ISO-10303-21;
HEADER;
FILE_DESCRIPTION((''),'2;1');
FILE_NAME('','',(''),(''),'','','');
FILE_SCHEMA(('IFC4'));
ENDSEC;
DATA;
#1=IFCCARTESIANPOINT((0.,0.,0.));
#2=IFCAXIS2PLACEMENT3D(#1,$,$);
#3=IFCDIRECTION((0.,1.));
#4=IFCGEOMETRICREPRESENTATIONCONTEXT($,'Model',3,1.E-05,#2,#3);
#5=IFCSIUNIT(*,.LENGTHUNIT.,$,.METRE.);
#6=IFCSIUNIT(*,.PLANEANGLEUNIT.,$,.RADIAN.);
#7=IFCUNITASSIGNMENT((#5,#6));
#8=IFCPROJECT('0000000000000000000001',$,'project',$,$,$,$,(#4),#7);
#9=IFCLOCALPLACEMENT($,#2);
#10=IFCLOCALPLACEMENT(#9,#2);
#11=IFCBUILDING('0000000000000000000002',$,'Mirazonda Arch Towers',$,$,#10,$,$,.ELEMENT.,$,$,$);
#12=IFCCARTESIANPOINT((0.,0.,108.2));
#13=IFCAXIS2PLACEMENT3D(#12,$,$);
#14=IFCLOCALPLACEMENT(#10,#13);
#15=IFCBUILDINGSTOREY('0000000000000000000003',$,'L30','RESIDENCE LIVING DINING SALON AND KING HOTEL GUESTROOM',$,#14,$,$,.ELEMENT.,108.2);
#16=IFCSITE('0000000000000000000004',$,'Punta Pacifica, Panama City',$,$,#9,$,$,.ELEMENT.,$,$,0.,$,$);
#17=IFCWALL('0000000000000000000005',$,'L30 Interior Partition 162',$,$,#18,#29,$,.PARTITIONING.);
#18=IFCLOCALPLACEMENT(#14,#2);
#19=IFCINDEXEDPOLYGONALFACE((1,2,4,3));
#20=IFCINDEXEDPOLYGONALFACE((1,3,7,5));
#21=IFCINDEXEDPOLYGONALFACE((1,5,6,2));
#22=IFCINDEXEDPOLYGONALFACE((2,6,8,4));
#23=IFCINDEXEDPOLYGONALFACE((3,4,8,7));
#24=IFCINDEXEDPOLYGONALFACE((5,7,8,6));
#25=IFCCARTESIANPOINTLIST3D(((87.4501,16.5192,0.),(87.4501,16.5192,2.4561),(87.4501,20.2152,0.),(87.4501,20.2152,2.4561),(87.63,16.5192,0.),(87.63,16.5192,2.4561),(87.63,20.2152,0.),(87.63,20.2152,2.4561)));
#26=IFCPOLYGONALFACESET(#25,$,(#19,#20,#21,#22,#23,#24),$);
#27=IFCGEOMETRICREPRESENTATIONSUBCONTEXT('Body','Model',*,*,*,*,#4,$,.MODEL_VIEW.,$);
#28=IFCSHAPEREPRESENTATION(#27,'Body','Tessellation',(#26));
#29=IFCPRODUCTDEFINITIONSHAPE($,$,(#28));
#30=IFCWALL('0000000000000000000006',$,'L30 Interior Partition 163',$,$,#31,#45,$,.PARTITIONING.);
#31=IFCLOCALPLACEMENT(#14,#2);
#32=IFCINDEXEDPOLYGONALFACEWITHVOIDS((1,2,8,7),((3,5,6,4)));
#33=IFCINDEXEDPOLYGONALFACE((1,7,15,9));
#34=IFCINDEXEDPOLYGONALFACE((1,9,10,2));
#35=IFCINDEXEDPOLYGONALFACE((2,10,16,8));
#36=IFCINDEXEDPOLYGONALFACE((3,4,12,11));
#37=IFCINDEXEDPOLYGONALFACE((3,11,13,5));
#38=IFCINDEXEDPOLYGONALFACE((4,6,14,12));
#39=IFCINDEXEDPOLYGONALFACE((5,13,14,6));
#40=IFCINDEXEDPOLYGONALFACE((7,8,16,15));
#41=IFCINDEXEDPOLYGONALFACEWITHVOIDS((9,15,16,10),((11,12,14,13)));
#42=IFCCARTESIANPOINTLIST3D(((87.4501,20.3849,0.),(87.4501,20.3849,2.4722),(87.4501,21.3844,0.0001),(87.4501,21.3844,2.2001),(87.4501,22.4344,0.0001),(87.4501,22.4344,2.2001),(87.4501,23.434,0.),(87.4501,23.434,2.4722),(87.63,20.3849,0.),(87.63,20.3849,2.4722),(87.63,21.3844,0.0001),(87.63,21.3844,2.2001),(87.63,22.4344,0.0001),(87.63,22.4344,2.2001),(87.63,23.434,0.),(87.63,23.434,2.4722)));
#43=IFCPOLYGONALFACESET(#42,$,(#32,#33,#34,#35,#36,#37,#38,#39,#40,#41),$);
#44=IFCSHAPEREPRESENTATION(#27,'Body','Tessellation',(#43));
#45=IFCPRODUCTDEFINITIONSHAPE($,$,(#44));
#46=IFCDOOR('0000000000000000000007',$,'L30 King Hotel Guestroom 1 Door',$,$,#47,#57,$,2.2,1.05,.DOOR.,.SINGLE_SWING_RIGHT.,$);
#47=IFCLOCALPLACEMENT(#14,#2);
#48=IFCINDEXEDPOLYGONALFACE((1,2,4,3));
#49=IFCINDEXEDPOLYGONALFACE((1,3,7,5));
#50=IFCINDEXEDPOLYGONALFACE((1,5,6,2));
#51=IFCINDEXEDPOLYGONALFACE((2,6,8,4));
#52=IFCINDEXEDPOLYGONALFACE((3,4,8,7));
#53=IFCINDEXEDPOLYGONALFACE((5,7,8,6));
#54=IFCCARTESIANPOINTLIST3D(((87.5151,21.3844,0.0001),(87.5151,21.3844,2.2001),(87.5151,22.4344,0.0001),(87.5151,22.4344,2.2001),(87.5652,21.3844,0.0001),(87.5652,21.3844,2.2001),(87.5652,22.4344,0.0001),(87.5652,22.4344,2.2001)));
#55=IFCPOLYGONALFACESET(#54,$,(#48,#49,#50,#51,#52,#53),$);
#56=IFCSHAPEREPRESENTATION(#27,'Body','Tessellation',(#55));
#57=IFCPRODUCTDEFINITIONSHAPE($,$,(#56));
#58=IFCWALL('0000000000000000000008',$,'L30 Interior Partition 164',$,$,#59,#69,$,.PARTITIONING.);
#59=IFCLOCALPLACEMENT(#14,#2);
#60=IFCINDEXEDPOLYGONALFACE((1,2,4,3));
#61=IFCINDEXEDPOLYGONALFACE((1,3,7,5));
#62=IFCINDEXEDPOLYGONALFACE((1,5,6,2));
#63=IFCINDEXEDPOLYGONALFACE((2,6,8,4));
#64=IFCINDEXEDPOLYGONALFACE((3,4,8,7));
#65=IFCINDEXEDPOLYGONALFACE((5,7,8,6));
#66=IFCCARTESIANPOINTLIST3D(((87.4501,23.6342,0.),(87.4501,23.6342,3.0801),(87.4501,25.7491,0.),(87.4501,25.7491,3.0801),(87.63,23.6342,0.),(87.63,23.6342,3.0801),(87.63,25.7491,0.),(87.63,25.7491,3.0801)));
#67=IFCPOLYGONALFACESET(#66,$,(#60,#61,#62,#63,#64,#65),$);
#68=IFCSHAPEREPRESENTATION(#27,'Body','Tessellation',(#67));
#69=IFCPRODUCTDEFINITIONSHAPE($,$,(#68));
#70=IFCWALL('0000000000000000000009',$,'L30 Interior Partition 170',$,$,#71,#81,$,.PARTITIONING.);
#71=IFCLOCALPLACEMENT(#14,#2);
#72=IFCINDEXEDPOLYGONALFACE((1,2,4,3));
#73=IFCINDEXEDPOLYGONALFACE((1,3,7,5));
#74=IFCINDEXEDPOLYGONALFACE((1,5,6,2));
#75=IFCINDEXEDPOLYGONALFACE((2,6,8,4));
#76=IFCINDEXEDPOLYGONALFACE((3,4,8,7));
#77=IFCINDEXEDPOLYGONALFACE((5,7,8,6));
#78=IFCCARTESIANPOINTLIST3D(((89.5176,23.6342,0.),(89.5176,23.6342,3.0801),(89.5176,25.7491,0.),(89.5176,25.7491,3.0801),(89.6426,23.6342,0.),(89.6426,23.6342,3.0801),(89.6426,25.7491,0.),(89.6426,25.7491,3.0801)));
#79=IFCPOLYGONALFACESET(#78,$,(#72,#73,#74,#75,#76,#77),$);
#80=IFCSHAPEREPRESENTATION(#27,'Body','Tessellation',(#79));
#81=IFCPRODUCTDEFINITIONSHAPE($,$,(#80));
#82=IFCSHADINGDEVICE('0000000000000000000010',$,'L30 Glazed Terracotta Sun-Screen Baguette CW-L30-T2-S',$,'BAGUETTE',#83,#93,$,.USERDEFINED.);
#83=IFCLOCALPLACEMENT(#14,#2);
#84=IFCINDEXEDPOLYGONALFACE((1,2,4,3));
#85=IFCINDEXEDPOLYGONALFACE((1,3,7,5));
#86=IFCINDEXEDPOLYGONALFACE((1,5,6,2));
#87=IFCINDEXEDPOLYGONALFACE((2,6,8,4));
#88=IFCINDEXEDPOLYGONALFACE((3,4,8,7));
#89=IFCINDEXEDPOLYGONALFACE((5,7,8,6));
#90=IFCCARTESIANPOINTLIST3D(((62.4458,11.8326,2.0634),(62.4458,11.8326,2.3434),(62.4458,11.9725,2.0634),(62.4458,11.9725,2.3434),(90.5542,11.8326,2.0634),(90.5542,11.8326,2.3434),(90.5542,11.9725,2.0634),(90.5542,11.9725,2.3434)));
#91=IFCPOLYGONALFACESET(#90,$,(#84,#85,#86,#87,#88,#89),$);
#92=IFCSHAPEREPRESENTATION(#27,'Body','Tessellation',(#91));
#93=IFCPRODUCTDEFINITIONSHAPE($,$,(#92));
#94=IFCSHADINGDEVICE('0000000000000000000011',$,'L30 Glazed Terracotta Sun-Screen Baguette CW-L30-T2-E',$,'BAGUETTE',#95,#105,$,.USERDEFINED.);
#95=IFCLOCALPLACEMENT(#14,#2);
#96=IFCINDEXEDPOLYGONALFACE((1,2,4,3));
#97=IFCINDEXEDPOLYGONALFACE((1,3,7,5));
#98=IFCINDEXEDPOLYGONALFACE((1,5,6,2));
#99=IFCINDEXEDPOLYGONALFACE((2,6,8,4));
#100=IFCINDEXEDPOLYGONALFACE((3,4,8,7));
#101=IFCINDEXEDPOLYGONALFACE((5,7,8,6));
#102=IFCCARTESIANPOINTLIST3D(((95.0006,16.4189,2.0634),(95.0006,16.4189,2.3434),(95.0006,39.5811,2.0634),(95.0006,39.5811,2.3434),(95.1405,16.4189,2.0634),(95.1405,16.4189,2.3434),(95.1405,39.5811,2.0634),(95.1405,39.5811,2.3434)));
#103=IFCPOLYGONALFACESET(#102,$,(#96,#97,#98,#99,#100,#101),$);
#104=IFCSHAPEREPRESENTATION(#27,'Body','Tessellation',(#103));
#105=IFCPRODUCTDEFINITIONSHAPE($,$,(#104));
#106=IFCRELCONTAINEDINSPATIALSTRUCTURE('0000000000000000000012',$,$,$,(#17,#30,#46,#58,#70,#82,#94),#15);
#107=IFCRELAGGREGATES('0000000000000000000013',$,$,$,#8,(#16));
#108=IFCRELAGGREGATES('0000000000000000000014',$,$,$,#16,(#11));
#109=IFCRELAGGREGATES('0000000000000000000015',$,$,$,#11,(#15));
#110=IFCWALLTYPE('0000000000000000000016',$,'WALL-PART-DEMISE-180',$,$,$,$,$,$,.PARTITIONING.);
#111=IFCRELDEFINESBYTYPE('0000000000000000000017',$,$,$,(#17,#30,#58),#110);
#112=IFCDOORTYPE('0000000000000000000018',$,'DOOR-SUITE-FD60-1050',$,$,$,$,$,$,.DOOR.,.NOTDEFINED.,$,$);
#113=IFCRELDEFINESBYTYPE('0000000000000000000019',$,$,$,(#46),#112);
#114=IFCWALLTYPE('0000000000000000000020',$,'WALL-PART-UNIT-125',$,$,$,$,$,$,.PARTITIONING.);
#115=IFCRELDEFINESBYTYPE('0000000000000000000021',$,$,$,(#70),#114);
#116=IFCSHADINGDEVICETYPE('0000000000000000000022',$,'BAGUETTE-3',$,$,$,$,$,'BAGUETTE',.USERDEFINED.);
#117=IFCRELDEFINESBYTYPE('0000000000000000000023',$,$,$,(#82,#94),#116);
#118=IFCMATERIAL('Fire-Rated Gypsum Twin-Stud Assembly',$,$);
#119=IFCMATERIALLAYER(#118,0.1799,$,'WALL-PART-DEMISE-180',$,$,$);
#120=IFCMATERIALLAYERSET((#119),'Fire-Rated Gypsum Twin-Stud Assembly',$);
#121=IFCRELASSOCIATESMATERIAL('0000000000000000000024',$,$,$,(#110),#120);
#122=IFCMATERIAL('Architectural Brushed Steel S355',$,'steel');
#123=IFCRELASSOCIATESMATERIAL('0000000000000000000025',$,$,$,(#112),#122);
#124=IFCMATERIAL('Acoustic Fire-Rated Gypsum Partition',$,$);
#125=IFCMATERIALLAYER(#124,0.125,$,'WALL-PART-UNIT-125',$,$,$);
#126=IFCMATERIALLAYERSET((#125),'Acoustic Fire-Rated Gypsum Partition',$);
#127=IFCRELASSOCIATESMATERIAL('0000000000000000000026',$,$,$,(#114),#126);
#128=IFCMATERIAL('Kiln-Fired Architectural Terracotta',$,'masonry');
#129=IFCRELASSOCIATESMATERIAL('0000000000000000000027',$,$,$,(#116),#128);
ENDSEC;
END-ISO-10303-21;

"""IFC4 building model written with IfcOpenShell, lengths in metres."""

from ifc_helpers import new_model, si_unit, direction, frame, frame_2d, origin, origin_2d, place, context, subcontext, project, spatial, rectangle, extrude, material, layer, layer_set, material_profile, profile_set, type_object, element, fill, save


model = new_model("IFC4")

# Units and contexts
model_context = context("Model", 3, precision=1e-05, world=origin(), true_north=direction((0.0, 1.0)))
body_context = subcontext(model_context, "Body", "Model", "MODEL_VIEW")
ifc_project = project(units=[si_unit("LENGTHUNIT", "METRE"), si_unit("PLANEANGLEUNIT", "RADIAN")], contexts=[model_context])

# Site, building, storey
site_placement = place(None, origin())
site = spatial("IfcSite", under=ifc_project, at=site_placement, Name="Punta Pacifica, Panama City", CompositionType="ELEMENT", RefElevation=0.0)
building_placement = place(site_placement, origin())
building = spatial("IfcBuilding", under=site, at=building_placement, Name="Mirazonda Arch Towers", CompositionType="ELEMENT")
storey_placement = place(building_placement, frame((0.0, 0.0, 108.2)))
storey = spatial("IfcBuildingStorey", under=building, at=storey_placement, Name="L30", Description="RESIDENCE LIVING DINING SALON AND KING HOTEL GUESTROOM", CompositionType="ELEMENT", Elevation=108.2)

# Shared definitions
ifc_material_1 = material(Name="Fire-Rated Gypsum Twin-Stud Assembly")
ifc_layer_1 = layer(ifc_material_1, 0.1799, Name="WALL-PART-DEMISE-180")
ifc_layer_set_1 = layer_set([ifc_layer_1], Name="Fire-Rated Gypsum Twin-Stud Assembly")
wall_type_1 = type_object("IfcWallType", Name="WALL-PART-DEMISE-180", PredefinedType="PARTITIONING", material=ifc_layer_set_1)

# Shared definitions
ifc_material_2 = material(Name="Architectural Brushed Steel S355", Category="steel")

# Wall
wall_1_placement = place(storey_placement, frame((87.54, 16.519, 0.0), z_axis=(0.0, 0.0, 1.0), x_axis=(0.0, 1.0, 0.0)))
element("IfcWall", 1, at=wall_1_placement, inside=storey, type_object=wall_type_1, Name="L30 Interior Partition 162", PredefinedType="PARTITIONING", context=body_context, shape_type="SweptSolid", body=[
    extrude(rectangle(XDim=3.696, YDim=0.1799, at=frame_2d((1.8481, 0.0))), origin(), (0.0, 0.0, 1.0), 2.4561),
])

# Wall, opening, door
wall_2_placement = place(storey_placement, frame((87.54, 20.385, 0.0), z_axis=(0.0, 0.0, 1.0), x_axis=(0.0, 1.0, 0.0)))
wall_2 = element("IfcWall", 2, at=wall_2_placement, inside=storey, type_object=wall_type_1, Name="L30 Interior Partition 163", PredefinedType="PARTITIONING", context=body_context, shape_type="SweptSolid", body=[
    extrude(rectangle(XDim=3.0491, YDim=0.1799, at=frame_2d((1.5244, 0.0))), origin(), (0.0, 0.0, 1.0), 2.4722),
])
opening_1_placement = place(wall_2_placement, frame((0.9995, 0.0, 0.0)))
opening_1 = element("IfcOpeningElement", 3, at=opening_1_placement, cuts=wall_2, PredefinedType="OPENING", context=body_context, shape_type="SweptSolid", body=[
    extrude(rectangle(XDim=1.05, YDim=2.2, at=frame_2d((0.5249, 1.1001))), frame((0.0, 0.0999, 0.0), z_axis=(0.0, -1.0, 0.0), x_axis=(1.0, 0.0, 0.0)), (0.0, 0.0, 1.0), 0.2),
])
door_type_1 = type_object("IfcDoorType", Name="DOOR-SUITE-FD60-1050", OperationType="NOTDEFINED", PredefinedType="DOOR", material=ifc_material_2)
door_1_placement = place(opening_1_placement, origin())
door_1 = element("IfcDoor", 4, at=door_1_placement, inside=storey, type_object=door_type_1, Name="L30 King Hotel Guestroom 1 Door", OperationType="SINGLE_SWING_RIGHT", OverallHeight=2.2, OverallWidth=1.05, PredefinedType="DOOR", context=body_context, shape_type="SweptSolid", body=[
    extrude(rectangle(XDim=1.05, YDim=2.2, at=frame_2d((0.5249, 1.1001))), frame((0.0, 0.0249, 0.0), z_axis=(0.0, -1.0, 0.0), x_axis=(1.0, 0.0, 0.0)), (0.0, 0.0, 1.0), 0.05),
])
fill(opening_1, door_1)

# Walls
wall_3_placement = place(storey_placement, frame((87.54, 23.634, 0.0), z_axis=(0.0, 0.0, 1.0), x_axis=(0.0, 1.0, 0.0)))
element("IfcWall", 5, at=wall_3_placement, inside=storey, type_object=wall_type_1, Name="L30 Interior Partition 164", PredefinedType="PARTITIONING", context=body_context, shape_type="SweptSolid", body=[
    extrude(rectangle(XDim=2.115, YDim=0.1799, at=frame_2d((1.0576, 0.0))), origin(), (0.0, 0.0, 1.0), 3.0801),
])
ifc_material_3 = material(Name="Acoustic Fire-Rated Gypsum Partition")
ifc_layer_2 = layer(ifc_material_3, 0.125, Name="WALL-PART-UNIT-125")
ifc_layer_set_2 = layer_set([ifc_layer_2], Name="Acoustic Fire-Rated Gypsum Partition")
wall_type_2 = type_object("IfcWallType", Name="WALL-PART-UNIT-125", PredefinedType="PARTITIONING", material=ifc_layer_set_2)
wall_4_placement = place(storey_placement, frame((89.5801, 23.634, 0.0), z_axis=(0.0, 0.0, 1.0), x_axis=(0.0, 1.0, 0.0)))
element("IfcWall", 6, at=wall_4_placement, inside=storey, type_object=wall_type_2, Name="L30 Interior Partition 170", PredefinedType="PARTITIONING", context=body_context, shape_type="SweptSolid", body=[
    extrude(rectangle(XDim=2.115, YDim=0.125, at=frame_2d((1.0576, 0.0))), origin(), (0.0, 0.0, 1.0), 3.0801),
])

# Shading devices
ifc_material_4 = material(Name="Kiln-Fired Architectural Terracotta", Category="masonry")
ifc_material_profile_1 = material_profile(ifc_material_4, rectangle(XDim=0.1399, YDim=0.28, at=origin_2d()), Name="TERRA-BAG-140x280")
ifc_profile_set_1 = profile_set([ifc_material_profile_1], Name="Kiln-Fired Architectural Terracotta")
shading_device_type = type_object("IfcShadingDeviceType", Name="BAGUETTE-3", ElementType="BAGUETTE", PredefinedType="USERDEFINED", material=ifc_profile_set_1)
shading_device_1_placement = place(storey_placement, frame((90.5542, 11.9026, 2.2034), z_axis=(-1.0, 0.0, 0.0), x_axis=(0.0, -1.0, 0.0)))
element("IfcShadingDevice", 7, at=shading_device_1_placement, inside=storey, type_object=shading_device_type, Name="L30 Glazed Terracotta Sun-Screen Baguette CW-L30-T2-S", ObjectType="BAGUETTE", PredefinedType="USERDEFINED", context=body_context, shape_type="SweptSolid", body=[
    extrude(rectangle(XDim=0.1399, YDim=0.28, at=origin_2d()), origin(), (0.0, 0.0, 1.0), 28.1084),
])
shading_device_2_placement = place(storey_placement, frame((95.0706, 16.4189, 2.2034), z_axis=(0.0, 1.0, 0.0), x_axis=(-1.0, 0.0, 0.0)))
element("IfcShadingDevice", 8, at=shading_device_2_placement, inside=storey, type_object=shading_device_type, Name="L30 Glazed Terracotta Sun-Screen Baguette CW-L30-T2-E", ObjectType="BAGUETTE", PredefinedType="USERDEFINED", context=body_context, shape_type="SweptSolid", body=[
    extrude(rectangle(XDim=0.1399, YDim=0.28, at=origin_2d()), origin(), (0.0, 0.0, 1.0), 23.1621),
])

save(model, "model.ifc")
